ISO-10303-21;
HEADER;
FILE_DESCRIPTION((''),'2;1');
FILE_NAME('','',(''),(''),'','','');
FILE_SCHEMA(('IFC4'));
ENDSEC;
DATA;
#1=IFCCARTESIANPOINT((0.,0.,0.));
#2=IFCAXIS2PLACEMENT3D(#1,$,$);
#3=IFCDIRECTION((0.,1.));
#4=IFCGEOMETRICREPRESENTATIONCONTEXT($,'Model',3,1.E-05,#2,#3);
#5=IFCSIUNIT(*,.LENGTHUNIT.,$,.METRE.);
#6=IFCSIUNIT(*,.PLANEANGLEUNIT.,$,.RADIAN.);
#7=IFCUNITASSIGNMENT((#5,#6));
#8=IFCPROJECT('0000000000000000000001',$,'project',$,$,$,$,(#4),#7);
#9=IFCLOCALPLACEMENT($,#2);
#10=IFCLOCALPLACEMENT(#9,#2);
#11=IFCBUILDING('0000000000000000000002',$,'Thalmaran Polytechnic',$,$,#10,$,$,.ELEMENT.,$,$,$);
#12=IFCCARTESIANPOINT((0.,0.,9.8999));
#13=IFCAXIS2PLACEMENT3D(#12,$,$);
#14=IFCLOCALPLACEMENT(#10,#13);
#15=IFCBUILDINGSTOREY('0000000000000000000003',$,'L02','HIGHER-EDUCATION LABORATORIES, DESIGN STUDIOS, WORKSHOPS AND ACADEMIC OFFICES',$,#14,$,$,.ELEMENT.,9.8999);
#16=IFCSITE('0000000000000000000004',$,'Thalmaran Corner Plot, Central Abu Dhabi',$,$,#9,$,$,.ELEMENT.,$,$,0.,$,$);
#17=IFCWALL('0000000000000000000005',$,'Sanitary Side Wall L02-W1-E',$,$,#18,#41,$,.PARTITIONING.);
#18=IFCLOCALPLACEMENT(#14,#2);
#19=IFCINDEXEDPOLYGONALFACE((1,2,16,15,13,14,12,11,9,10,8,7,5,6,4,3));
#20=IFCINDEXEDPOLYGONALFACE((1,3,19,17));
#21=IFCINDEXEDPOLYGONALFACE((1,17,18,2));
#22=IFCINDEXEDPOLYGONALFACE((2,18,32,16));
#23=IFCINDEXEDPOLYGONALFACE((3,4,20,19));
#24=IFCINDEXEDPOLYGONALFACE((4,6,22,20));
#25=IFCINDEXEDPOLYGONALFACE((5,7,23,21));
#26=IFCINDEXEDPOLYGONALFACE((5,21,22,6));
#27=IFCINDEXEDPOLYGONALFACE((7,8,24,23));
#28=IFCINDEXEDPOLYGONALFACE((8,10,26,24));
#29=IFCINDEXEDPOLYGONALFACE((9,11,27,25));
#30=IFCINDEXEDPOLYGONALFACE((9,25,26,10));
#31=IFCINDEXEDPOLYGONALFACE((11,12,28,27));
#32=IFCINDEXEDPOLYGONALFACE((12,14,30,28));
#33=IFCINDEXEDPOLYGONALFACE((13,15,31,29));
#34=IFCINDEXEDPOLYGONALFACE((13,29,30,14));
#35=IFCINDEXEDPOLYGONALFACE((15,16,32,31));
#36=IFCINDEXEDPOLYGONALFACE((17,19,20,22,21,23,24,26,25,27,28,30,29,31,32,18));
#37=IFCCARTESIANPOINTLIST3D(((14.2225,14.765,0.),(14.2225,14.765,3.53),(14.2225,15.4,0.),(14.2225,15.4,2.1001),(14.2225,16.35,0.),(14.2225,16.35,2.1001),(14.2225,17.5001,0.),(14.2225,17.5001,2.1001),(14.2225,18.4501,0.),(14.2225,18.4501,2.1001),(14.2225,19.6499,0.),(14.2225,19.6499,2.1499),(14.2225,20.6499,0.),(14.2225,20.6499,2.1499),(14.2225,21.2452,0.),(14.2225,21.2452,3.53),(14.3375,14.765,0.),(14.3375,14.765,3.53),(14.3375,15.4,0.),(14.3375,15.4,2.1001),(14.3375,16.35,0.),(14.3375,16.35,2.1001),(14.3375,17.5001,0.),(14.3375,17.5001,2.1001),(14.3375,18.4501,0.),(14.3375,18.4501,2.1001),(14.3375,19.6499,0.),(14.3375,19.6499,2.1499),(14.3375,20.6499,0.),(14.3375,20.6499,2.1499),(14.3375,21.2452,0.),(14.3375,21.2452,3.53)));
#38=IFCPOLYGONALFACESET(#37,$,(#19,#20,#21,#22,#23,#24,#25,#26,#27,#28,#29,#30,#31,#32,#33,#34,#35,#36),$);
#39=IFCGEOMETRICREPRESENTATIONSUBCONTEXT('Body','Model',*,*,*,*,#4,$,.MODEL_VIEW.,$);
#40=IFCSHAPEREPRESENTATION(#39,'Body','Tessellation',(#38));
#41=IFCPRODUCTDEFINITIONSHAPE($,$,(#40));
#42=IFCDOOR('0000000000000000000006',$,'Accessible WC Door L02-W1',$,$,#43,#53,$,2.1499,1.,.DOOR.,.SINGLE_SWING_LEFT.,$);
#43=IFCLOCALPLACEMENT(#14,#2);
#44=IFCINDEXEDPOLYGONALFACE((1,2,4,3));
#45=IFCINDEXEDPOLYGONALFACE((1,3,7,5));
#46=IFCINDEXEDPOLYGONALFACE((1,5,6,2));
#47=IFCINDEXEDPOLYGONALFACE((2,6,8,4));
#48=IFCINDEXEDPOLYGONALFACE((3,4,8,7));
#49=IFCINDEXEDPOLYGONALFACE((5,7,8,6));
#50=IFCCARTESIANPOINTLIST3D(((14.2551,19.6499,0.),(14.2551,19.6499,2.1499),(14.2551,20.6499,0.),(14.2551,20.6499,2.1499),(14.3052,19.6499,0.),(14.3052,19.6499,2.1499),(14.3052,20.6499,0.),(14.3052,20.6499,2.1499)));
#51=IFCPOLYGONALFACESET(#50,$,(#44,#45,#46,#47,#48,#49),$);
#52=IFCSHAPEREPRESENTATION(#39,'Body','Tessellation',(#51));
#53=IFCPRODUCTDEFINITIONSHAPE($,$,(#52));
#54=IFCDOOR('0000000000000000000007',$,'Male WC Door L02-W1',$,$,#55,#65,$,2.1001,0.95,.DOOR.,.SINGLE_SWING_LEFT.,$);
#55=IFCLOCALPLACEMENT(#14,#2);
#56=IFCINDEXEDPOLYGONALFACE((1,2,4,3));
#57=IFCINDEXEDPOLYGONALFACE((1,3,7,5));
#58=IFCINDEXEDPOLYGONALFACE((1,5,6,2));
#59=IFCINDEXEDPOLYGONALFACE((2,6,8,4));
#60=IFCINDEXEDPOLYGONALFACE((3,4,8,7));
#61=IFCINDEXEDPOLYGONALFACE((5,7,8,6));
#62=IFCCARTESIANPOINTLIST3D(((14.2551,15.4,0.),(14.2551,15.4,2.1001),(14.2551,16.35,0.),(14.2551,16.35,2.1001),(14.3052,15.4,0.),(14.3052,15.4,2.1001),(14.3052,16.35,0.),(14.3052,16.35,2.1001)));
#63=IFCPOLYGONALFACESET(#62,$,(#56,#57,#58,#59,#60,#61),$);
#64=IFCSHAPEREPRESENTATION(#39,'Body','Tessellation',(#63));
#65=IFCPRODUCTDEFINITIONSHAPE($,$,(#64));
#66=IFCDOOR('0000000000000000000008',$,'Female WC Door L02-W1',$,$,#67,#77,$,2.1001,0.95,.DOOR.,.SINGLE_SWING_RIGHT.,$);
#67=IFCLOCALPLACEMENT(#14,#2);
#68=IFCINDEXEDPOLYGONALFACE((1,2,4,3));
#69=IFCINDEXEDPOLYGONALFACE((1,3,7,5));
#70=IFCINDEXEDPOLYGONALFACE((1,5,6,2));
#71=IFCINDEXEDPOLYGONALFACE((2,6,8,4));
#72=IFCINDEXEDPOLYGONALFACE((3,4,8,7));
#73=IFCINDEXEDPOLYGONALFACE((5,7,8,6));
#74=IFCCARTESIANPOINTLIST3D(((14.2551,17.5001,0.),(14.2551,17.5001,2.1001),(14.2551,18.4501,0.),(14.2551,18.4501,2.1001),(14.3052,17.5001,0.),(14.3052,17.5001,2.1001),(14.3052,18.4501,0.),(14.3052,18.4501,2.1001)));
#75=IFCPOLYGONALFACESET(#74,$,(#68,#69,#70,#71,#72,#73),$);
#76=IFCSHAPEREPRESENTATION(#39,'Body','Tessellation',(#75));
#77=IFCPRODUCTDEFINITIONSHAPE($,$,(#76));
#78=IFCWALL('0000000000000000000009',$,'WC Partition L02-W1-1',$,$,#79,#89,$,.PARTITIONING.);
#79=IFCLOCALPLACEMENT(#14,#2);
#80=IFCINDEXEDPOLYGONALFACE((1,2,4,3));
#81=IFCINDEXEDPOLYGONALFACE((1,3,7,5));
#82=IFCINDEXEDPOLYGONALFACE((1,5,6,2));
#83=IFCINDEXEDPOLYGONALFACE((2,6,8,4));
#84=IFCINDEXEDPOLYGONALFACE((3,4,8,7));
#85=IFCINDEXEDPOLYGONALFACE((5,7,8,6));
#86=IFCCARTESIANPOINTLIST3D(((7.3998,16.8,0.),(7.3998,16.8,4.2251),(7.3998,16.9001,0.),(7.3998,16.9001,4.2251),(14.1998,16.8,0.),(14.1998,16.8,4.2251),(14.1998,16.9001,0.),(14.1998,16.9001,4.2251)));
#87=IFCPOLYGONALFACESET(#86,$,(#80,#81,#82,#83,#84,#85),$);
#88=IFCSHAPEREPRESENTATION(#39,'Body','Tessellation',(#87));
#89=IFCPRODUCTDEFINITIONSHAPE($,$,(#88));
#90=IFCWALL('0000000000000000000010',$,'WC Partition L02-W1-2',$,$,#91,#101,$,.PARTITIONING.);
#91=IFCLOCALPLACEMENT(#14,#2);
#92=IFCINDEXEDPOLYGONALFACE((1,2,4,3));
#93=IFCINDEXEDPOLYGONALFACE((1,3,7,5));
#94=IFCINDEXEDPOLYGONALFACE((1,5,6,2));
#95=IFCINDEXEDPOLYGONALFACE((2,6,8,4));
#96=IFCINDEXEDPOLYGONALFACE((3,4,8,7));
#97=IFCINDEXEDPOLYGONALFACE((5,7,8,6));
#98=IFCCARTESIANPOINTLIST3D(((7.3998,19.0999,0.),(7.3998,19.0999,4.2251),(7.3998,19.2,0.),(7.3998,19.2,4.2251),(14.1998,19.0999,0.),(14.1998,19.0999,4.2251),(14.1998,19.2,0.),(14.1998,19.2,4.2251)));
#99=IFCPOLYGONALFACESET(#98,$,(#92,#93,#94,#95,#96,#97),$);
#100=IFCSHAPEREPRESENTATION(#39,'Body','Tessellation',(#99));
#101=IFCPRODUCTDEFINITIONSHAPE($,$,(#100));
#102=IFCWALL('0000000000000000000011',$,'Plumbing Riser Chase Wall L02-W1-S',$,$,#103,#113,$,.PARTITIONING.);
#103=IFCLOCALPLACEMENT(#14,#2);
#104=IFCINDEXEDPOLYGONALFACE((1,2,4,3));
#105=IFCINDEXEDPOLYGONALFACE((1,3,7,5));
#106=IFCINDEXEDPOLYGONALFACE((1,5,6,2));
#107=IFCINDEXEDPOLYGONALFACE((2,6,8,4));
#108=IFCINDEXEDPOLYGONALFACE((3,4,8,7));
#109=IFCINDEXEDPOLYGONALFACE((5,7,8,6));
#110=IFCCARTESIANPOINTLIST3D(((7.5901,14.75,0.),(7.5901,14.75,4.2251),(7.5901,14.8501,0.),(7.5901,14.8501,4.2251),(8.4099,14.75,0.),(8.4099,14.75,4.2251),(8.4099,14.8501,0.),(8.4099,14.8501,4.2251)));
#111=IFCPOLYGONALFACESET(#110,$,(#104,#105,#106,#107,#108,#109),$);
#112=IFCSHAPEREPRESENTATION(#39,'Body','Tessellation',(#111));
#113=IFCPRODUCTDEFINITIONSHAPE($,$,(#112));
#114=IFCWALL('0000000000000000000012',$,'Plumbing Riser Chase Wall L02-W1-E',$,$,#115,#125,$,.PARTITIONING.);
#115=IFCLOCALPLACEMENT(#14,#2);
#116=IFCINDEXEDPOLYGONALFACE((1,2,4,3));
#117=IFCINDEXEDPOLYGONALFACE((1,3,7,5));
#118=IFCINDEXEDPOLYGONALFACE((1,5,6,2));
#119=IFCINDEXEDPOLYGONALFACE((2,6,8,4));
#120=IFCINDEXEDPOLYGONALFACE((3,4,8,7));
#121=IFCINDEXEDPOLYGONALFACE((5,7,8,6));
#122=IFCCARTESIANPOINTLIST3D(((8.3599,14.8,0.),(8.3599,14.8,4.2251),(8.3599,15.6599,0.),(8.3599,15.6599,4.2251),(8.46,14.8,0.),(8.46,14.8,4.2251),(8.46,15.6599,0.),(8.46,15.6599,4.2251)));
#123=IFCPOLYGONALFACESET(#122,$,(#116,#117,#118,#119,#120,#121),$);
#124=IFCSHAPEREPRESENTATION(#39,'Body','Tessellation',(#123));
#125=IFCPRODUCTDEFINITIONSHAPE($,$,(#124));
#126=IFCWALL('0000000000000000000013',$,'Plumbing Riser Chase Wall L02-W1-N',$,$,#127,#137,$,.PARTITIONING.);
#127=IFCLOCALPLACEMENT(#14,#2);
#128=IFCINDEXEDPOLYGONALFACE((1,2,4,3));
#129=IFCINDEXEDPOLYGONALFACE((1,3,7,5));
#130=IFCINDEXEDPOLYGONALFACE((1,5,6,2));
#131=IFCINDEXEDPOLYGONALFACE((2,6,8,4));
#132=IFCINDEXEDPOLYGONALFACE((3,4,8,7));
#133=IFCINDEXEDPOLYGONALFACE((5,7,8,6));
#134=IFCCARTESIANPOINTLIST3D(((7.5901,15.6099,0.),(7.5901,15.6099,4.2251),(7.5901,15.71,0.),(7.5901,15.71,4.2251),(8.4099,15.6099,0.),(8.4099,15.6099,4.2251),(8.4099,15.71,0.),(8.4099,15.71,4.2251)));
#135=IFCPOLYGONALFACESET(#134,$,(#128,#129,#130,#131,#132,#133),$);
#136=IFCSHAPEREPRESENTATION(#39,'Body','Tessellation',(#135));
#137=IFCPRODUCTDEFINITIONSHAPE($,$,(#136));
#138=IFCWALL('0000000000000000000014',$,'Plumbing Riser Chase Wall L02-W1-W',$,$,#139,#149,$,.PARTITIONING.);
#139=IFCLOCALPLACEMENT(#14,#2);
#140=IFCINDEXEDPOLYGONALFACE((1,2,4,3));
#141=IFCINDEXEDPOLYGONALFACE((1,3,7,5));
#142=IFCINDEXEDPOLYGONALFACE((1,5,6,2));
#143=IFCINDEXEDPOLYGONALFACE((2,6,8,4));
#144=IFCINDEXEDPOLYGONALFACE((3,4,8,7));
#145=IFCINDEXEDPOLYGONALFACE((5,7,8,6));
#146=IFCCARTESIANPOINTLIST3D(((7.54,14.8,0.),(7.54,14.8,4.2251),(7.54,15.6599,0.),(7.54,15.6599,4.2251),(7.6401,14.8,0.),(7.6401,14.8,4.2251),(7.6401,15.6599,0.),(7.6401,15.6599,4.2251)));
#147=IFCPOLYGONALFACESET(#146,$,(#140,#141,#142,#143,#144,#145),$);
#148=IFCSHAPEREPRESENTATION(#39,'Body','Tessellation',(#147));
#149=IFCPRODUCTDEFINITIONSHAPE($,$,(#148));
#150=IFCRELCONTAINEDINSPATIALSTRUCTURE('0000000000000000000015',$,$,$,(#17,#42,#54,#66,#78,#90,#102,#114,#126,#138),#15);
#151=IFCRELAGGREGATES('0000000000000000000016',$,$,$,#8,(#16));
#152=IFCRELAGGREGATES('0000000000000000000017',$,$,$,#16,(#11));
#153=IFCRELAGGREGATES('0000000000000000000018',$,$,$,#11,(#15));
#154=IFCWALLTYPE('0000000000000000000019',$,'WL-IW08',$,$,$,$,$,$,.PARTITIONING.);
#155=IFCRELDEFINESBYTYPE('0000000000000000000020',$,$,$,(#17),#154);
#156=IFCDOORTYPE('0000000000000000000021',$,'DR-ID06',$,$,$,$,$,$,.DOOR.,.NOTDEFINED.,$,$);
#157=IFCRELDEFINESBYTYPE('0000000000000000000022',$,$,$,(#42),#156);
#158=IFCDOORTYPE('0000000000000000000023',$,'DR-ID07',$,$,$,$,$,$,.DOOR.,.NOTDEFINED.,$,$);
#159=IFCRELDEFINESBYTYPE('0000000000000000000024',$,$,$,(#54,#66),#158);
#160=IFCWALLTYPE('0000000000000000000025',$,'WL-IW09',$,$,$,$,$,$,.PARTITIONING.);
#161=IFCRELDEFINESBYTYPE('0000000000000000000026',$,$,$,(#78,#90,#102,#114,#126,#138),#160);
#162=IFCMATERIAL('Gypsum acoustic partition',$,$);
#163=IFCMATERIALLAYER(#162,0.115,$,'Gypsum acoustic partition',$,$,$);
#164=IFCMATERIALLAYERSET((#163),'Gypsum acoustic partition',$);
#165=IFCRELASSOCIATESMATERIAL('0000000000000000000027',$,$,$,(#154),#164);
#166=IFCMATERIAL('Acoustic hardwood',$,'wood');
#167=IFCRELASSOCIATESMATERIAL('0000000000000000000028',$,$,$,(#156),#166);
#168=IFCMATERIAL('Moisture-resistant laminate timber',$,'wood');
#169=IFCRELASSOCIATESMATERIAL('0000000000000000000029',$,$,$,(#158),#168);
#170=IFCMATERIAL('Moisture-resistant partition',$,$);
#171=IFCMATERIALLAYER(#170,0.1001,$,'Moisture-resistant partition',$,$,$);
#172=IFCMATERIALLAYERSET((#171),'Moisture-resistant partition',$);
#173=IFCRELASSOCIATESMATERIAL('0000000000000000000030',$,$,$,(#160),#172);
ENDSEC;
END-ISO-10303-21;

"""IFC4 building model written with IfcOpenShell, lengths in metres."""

from ifc_helpers import new_model, si_unit, direction, frame, frame_2d, origin, place, context, subcontext, project, spatial, rectangle, extrude, material, layer, layer_set, type_object, element, fill, save


model = new_model("IFC4")

# Units and contexts
model_context = context("Model", 3, precision=1e-05, world=origin(), true_north=direction((0.0, 1.0)))
body_context = subcontext(model_context, "Body", "Model", "MODEL_VIEW")
ifc_project = project(units=[si_unit("LENGTHUNIT", "METRE"), si_unit("PLANEANGLEUNIT", "RADIAN")], contexts=[model_context])

# Site, building, storey
site_placement = place(None, origin())
site = spatial("IfcSite", under=ifc_project, at=site_placement, Name="Thalmaran Corner Plot, Central Abu Dhabi", CompositionType="ELEMENT", RefElevation=0.0)
building_placement = place(site_placement, origin())
building = spatial("IfcBuilding", under=site, at=building_placement, Name="Thalmaran Polytechnic", CompositionType="ELEMENT")
storey_placement = place(building_placement, frame((0.0, 0.0, 9.8999)))
storey = spatial("IfcBuildingStorey", under=building, at=storey_placement, Name="L02", Description="HIGHER-EDUCATION LABORATORIES, DESIGN STUDIOS, WORKSHOPS AND ACADEMIC OFFICES", CompositionType="ELEMENT", Elevation=9.8999)

# Shared definitions
ifc_material_1 = material(Name="Gypsum acoustic partition")
ifc_layer_1 = layer(ifc_material_1, 0.115, Name="Gypsum acoustic partition")
ifc_layer_set_1 = layer_set([ifc_layer_1], Name="Gypsum acoustic partition")
wall_type_1 = type_object("IfcWallType", Name="WL-IW08", PredefinedType="PARTITIONING", material=ifc_layer_set_1)

# Wall, openings, doors
wall_1_placement = place(storey_placement, frame((14.28, 14.7649, 0.0), z_axis=(0.0, 0.0, 1.0), x_axis=(0.0, 1.0, 0.0)))
wall_1 = element("IfcWall", 1, at=wall_1_placement, inside=storey, type_object=wall_type_1, Name="Sanitary Side Wall L02-W1-E", PredefinedType="PARTITIONING", context=body_context, shape_type="SweptSolid", body=[
    extrude(rectangle(XDim=6.4802, YDim=0.115, at=frame_2d((3.2402, 0.0))), origin(), (0.0, 0.0, 1.0), 3.53),
])
opening_1_placement = place(wall_1_placement, frame((0.635, 0.0, 0.0)))
opening_1 = element("IfcOpeningElement", 2, at=opening_1_placement, cuts=wall_1, PredefinedType="OPENING", context=body_context, shape_type="SweptSolid", body=[
    extrude(rectangle(XDim=0.95, YDim=2.1001, at=frame_2d((0.4751, 1.05))), frame((0.0, 0.0674, 0.0), z_axis=(0.0, -1.0, 0.0), x_axis=(1.0, 0.0, 0.0)), (0.0, 0.0, 1.0), 0.135),
])
opening_2_placement = place(wall_1_placement, frame((2.7351, 0.0, 0.0)))
opening_2 = element("IfcOpeningElement", 3, at=opening_2_placement, cuts=wall_1, PredefinedType="OPENING", context=body_context, shape_type="SweptSolid", body=[
    extrude(rectangle(XDim=0.95, YDim=2.1001, at=frame_2d((0.4751, 1.05))), frame((0.0, 0.0674, 0.0), z_axis=(0.0, -1.0, 0.0), x_axis=(1.0, 0.0, 0.0)), (0.0, 0.0, 1.0), 0.135),
])
opening_3_placement = place(wall_1_placement, frame((4.885, 0.0, 0.0)))
opening_3 = element("IfcOpeningElement", 4, at=opening_3_placement, cuts=wall_1, PredefinedType="OPENING", context=body_context, shape_type="SweptSolid", body=[
    extrude(rectangle(XDim=1.0, YDim=2.1499, at=frame_2d((0.5, 1.075))), frame((0.0, 0.0674, 0.0), z_axis=(0.0, -1.0, 0.0), x_axis=(1.0, 0.0, 0.0)), (0.0, 0.0, 1.0), 0.135),
])
ifc_material_2 = material(Name="Acoustic hardwood", Category="wood")
door_type_1 = type_object("IfcDoorType", Name="DR-ID06", OperationType="NOTDEFINED", PredefinedType="DOOR", material=ifc_material_2)
door_1_placement = place(opening_3_placement, origin())
door_1 = element("IfcDoor", 5, at=door_1_placement, inside=storey, type_object=door_type_1, Name="Accessible WC Door L02-W1", OperationType="SINGLE_SWING_LEFT", OverallHeight=2.1499, OverallWidth=1.0, PredefinedType="DOOR", context=body_context, shape_type="SweptSolid", body=[
    extrude(rectangle(XDim=1.0, YDim=2.1499, at=frame_2d((0.5, 1.075))), frame((0.0, 0.0249, 0.0), z_axis=(0.0, -1.0, 0.0), x_axis=(1.0, 0.0, 0.0)), (0.0, 0.0, 1.0), 0.05),
])
fill(opening_3, door_1)
ifc_material_3 = material(Name="Moisture-resistant laminate timber", Category="wood")
door_type_2 = type_object("IfcDoorType", Name="DR-ID07", OperationType="NOTDEFINED", PredefinedType="DOOR", material=ifc_material_3)
door_2_placement = place(opening_1_placement, origin())
door_2 = element("IfcDoor", 6, at=door_2_placement, inside=storey, type_object=door_type_2, Name="Male WC Door L02-W1", OperationType="SINGLE_SWING_LEFT", OverallHeight=2.1001, OverallWidth=0.95, PredefinedType="DOOR", context=body_context, shape_type="SweptSolid", body=[
    extrude(rectangle(XDim=0.95, YDim=2.1001, at=frame_2d((0.4751, 1.05))), frame((0.0, 0.0249, 0.0), z_axis=(0.0, -1.0, 0.0), x_axis=(1.0, 0.0, 0.0)), (0.0, 0.0, 1.0), 0.05),
])
fill(opening_1, door_2)
door_3_placement = place(opening_2_placement, origin())
door_3 = element("IfcDoor", 7, at=door_3_placement, inside=storey, type_object=door_type_2, Name="Female WC Door L02-W1", OperationType="SINGLE_SWING_RIGHT", OverallHeight=2.1001, OverallWidth=0.95, PredefinedType="DOOR", context=body_context, shape_type="SweptSolid", body=[
    extrude(rectangle(XDim=0.95, YDim=2.1001, at=frame_2d((0.4751, 1.05))), frame((0.0, 0.0249, 0.0), z_axis=(0.0, -1.0, 0.0), x_axis=(1.0, 0.0, 0.0)), (0.0, 0.0, 1.0), 0.05),
])
fill(opening_2, door_3)

# Walls
ifc_material_4 = material(Name="Moisture-resistant partition")
ifc_layer_2 = layer(ifc_material_4, 0.1001, Name="Moisture-resistant partition")
ifc_layer_set_2 = layer_set([ifc_layer_2], Name="Moisture-resistant partition")
wall_type_2 = type_object("IfcWallType", Name="WL-IW09", PredefinedType="PARTITIONING", material=ifc_layer_set_2)
for number, where, z_axis, x_axis, name in (
    (8, (7.3999, 16.8501, 0.0), (0.0, 0.0, 1.0), (1.0, 0.0, 0.0), "WC Partition L02-W1-1"),
    (9, (7.3999, 19.1499, 0.0), (0.0, 0.0, 1.0), (1.0, 0.0, 0.0), "WC Partition L02-W1-2"),
):
    element("IfcWall", number, at=place(storey_placement, frame(where, z_axis=z_axis, x_axis=x_axis)), inside=storey, type_object=wall_type_2, Name=name, PredefinedType="PARTITIONING", context=body_context, shape_type="SweptSolid", body=[
        extrude(rectangle(XDim=6.8, YDim=0.1001, at=frame_2d((3.3999, 0.0))), origin(), (0.0, 0.0, 1.0), 4.2251),
    ])
wall_2_placement = place(storey_placement, frame((7.5901, 14.8, 0.0), z_axis=(0.0, 0.0, 1.0), x_axis=(1.0, 0.0, 0.0)))
element("IfcWall", 10, at=wall_2_placement, inside=storey, type_object=wall_type_2, Name="Plumbing Riser Chase Wall L02-W1-S", PredefinedType="PARTITIONING", context=body_context, shape_type="SweptSolid", body=[
    extrude(rectangle(XDim=0.8198, YDim=0.1001, at=frame_2d((0.4099, 0.0))), origin(), (0.0, 0.0, 1.0), 4.2251),
])
wall_3_placement = place(storey_placement, frame((8.4099, 14.8, 0.0), z_axis=(0.0, 0.0, 1.0), x_axis=(0.0, 1.0, 0.0)))
element("IfcWall", 11, at=wall_3_placement, inside=storey, type_object=wall_type_2, Name="Plumbing Riser Chase Wall L02-W1-E", PredefinedType="PARTITIONING", context=body_context, shape_type="SweptSolid", body=[
    extrude(rectangle(XDim=0.8599, YDim=0.1001, at=frame_2d((0.4299, 0.0))), origin(), (0.0, 0.0, 1.0), 4.2251),
])
wall_4_placement = place(storey_placement, frame((8.4099, 15.6599, 0.0), z_axis=(0.0, 0.0, 1.0), x_axis=(-1.0, 0.0, 0.0)))
element("IfcWall", 12, at=wall_4_placement, inside=storey, type_object=wall_type_2, Name="Plumbing Riser Chase Wall L02-W1-N", PredefinedType="PARTITIONING", context=body_context, shape_type="SweptSolid", body=[
    extrude(rectangle(XDim=0.8198, YDim=0.1001, at=frame_2d((0.4099, 0.0))), origin(), (0.0, 0.0, 1.0), 4.2251),
])
wall_5_placement = place(storey_placement, frame((7.5901, 15.6599, 0.0), z_axis=(0.0, 0.0, 1.0), x_axis=(0.0, -1.0, 0.0)))
element("IfcWall", 13, at=wall_5_placement, inside=storey, type_object=wall_type_2, Name="Plumbing Riser Chase Wall L02-W1-W", PredefinedType="PARTITIONING", context=body_context, shape_type="SweptSolid", body=[
    extrude(rectangle(XDim=0.8599, YDim=0.1001, at=frame_2d((0.4299, 0.0))), origin(), (0.0, 0.0, 1.0), 4.2251),
])

save(model, "model.ifc")
